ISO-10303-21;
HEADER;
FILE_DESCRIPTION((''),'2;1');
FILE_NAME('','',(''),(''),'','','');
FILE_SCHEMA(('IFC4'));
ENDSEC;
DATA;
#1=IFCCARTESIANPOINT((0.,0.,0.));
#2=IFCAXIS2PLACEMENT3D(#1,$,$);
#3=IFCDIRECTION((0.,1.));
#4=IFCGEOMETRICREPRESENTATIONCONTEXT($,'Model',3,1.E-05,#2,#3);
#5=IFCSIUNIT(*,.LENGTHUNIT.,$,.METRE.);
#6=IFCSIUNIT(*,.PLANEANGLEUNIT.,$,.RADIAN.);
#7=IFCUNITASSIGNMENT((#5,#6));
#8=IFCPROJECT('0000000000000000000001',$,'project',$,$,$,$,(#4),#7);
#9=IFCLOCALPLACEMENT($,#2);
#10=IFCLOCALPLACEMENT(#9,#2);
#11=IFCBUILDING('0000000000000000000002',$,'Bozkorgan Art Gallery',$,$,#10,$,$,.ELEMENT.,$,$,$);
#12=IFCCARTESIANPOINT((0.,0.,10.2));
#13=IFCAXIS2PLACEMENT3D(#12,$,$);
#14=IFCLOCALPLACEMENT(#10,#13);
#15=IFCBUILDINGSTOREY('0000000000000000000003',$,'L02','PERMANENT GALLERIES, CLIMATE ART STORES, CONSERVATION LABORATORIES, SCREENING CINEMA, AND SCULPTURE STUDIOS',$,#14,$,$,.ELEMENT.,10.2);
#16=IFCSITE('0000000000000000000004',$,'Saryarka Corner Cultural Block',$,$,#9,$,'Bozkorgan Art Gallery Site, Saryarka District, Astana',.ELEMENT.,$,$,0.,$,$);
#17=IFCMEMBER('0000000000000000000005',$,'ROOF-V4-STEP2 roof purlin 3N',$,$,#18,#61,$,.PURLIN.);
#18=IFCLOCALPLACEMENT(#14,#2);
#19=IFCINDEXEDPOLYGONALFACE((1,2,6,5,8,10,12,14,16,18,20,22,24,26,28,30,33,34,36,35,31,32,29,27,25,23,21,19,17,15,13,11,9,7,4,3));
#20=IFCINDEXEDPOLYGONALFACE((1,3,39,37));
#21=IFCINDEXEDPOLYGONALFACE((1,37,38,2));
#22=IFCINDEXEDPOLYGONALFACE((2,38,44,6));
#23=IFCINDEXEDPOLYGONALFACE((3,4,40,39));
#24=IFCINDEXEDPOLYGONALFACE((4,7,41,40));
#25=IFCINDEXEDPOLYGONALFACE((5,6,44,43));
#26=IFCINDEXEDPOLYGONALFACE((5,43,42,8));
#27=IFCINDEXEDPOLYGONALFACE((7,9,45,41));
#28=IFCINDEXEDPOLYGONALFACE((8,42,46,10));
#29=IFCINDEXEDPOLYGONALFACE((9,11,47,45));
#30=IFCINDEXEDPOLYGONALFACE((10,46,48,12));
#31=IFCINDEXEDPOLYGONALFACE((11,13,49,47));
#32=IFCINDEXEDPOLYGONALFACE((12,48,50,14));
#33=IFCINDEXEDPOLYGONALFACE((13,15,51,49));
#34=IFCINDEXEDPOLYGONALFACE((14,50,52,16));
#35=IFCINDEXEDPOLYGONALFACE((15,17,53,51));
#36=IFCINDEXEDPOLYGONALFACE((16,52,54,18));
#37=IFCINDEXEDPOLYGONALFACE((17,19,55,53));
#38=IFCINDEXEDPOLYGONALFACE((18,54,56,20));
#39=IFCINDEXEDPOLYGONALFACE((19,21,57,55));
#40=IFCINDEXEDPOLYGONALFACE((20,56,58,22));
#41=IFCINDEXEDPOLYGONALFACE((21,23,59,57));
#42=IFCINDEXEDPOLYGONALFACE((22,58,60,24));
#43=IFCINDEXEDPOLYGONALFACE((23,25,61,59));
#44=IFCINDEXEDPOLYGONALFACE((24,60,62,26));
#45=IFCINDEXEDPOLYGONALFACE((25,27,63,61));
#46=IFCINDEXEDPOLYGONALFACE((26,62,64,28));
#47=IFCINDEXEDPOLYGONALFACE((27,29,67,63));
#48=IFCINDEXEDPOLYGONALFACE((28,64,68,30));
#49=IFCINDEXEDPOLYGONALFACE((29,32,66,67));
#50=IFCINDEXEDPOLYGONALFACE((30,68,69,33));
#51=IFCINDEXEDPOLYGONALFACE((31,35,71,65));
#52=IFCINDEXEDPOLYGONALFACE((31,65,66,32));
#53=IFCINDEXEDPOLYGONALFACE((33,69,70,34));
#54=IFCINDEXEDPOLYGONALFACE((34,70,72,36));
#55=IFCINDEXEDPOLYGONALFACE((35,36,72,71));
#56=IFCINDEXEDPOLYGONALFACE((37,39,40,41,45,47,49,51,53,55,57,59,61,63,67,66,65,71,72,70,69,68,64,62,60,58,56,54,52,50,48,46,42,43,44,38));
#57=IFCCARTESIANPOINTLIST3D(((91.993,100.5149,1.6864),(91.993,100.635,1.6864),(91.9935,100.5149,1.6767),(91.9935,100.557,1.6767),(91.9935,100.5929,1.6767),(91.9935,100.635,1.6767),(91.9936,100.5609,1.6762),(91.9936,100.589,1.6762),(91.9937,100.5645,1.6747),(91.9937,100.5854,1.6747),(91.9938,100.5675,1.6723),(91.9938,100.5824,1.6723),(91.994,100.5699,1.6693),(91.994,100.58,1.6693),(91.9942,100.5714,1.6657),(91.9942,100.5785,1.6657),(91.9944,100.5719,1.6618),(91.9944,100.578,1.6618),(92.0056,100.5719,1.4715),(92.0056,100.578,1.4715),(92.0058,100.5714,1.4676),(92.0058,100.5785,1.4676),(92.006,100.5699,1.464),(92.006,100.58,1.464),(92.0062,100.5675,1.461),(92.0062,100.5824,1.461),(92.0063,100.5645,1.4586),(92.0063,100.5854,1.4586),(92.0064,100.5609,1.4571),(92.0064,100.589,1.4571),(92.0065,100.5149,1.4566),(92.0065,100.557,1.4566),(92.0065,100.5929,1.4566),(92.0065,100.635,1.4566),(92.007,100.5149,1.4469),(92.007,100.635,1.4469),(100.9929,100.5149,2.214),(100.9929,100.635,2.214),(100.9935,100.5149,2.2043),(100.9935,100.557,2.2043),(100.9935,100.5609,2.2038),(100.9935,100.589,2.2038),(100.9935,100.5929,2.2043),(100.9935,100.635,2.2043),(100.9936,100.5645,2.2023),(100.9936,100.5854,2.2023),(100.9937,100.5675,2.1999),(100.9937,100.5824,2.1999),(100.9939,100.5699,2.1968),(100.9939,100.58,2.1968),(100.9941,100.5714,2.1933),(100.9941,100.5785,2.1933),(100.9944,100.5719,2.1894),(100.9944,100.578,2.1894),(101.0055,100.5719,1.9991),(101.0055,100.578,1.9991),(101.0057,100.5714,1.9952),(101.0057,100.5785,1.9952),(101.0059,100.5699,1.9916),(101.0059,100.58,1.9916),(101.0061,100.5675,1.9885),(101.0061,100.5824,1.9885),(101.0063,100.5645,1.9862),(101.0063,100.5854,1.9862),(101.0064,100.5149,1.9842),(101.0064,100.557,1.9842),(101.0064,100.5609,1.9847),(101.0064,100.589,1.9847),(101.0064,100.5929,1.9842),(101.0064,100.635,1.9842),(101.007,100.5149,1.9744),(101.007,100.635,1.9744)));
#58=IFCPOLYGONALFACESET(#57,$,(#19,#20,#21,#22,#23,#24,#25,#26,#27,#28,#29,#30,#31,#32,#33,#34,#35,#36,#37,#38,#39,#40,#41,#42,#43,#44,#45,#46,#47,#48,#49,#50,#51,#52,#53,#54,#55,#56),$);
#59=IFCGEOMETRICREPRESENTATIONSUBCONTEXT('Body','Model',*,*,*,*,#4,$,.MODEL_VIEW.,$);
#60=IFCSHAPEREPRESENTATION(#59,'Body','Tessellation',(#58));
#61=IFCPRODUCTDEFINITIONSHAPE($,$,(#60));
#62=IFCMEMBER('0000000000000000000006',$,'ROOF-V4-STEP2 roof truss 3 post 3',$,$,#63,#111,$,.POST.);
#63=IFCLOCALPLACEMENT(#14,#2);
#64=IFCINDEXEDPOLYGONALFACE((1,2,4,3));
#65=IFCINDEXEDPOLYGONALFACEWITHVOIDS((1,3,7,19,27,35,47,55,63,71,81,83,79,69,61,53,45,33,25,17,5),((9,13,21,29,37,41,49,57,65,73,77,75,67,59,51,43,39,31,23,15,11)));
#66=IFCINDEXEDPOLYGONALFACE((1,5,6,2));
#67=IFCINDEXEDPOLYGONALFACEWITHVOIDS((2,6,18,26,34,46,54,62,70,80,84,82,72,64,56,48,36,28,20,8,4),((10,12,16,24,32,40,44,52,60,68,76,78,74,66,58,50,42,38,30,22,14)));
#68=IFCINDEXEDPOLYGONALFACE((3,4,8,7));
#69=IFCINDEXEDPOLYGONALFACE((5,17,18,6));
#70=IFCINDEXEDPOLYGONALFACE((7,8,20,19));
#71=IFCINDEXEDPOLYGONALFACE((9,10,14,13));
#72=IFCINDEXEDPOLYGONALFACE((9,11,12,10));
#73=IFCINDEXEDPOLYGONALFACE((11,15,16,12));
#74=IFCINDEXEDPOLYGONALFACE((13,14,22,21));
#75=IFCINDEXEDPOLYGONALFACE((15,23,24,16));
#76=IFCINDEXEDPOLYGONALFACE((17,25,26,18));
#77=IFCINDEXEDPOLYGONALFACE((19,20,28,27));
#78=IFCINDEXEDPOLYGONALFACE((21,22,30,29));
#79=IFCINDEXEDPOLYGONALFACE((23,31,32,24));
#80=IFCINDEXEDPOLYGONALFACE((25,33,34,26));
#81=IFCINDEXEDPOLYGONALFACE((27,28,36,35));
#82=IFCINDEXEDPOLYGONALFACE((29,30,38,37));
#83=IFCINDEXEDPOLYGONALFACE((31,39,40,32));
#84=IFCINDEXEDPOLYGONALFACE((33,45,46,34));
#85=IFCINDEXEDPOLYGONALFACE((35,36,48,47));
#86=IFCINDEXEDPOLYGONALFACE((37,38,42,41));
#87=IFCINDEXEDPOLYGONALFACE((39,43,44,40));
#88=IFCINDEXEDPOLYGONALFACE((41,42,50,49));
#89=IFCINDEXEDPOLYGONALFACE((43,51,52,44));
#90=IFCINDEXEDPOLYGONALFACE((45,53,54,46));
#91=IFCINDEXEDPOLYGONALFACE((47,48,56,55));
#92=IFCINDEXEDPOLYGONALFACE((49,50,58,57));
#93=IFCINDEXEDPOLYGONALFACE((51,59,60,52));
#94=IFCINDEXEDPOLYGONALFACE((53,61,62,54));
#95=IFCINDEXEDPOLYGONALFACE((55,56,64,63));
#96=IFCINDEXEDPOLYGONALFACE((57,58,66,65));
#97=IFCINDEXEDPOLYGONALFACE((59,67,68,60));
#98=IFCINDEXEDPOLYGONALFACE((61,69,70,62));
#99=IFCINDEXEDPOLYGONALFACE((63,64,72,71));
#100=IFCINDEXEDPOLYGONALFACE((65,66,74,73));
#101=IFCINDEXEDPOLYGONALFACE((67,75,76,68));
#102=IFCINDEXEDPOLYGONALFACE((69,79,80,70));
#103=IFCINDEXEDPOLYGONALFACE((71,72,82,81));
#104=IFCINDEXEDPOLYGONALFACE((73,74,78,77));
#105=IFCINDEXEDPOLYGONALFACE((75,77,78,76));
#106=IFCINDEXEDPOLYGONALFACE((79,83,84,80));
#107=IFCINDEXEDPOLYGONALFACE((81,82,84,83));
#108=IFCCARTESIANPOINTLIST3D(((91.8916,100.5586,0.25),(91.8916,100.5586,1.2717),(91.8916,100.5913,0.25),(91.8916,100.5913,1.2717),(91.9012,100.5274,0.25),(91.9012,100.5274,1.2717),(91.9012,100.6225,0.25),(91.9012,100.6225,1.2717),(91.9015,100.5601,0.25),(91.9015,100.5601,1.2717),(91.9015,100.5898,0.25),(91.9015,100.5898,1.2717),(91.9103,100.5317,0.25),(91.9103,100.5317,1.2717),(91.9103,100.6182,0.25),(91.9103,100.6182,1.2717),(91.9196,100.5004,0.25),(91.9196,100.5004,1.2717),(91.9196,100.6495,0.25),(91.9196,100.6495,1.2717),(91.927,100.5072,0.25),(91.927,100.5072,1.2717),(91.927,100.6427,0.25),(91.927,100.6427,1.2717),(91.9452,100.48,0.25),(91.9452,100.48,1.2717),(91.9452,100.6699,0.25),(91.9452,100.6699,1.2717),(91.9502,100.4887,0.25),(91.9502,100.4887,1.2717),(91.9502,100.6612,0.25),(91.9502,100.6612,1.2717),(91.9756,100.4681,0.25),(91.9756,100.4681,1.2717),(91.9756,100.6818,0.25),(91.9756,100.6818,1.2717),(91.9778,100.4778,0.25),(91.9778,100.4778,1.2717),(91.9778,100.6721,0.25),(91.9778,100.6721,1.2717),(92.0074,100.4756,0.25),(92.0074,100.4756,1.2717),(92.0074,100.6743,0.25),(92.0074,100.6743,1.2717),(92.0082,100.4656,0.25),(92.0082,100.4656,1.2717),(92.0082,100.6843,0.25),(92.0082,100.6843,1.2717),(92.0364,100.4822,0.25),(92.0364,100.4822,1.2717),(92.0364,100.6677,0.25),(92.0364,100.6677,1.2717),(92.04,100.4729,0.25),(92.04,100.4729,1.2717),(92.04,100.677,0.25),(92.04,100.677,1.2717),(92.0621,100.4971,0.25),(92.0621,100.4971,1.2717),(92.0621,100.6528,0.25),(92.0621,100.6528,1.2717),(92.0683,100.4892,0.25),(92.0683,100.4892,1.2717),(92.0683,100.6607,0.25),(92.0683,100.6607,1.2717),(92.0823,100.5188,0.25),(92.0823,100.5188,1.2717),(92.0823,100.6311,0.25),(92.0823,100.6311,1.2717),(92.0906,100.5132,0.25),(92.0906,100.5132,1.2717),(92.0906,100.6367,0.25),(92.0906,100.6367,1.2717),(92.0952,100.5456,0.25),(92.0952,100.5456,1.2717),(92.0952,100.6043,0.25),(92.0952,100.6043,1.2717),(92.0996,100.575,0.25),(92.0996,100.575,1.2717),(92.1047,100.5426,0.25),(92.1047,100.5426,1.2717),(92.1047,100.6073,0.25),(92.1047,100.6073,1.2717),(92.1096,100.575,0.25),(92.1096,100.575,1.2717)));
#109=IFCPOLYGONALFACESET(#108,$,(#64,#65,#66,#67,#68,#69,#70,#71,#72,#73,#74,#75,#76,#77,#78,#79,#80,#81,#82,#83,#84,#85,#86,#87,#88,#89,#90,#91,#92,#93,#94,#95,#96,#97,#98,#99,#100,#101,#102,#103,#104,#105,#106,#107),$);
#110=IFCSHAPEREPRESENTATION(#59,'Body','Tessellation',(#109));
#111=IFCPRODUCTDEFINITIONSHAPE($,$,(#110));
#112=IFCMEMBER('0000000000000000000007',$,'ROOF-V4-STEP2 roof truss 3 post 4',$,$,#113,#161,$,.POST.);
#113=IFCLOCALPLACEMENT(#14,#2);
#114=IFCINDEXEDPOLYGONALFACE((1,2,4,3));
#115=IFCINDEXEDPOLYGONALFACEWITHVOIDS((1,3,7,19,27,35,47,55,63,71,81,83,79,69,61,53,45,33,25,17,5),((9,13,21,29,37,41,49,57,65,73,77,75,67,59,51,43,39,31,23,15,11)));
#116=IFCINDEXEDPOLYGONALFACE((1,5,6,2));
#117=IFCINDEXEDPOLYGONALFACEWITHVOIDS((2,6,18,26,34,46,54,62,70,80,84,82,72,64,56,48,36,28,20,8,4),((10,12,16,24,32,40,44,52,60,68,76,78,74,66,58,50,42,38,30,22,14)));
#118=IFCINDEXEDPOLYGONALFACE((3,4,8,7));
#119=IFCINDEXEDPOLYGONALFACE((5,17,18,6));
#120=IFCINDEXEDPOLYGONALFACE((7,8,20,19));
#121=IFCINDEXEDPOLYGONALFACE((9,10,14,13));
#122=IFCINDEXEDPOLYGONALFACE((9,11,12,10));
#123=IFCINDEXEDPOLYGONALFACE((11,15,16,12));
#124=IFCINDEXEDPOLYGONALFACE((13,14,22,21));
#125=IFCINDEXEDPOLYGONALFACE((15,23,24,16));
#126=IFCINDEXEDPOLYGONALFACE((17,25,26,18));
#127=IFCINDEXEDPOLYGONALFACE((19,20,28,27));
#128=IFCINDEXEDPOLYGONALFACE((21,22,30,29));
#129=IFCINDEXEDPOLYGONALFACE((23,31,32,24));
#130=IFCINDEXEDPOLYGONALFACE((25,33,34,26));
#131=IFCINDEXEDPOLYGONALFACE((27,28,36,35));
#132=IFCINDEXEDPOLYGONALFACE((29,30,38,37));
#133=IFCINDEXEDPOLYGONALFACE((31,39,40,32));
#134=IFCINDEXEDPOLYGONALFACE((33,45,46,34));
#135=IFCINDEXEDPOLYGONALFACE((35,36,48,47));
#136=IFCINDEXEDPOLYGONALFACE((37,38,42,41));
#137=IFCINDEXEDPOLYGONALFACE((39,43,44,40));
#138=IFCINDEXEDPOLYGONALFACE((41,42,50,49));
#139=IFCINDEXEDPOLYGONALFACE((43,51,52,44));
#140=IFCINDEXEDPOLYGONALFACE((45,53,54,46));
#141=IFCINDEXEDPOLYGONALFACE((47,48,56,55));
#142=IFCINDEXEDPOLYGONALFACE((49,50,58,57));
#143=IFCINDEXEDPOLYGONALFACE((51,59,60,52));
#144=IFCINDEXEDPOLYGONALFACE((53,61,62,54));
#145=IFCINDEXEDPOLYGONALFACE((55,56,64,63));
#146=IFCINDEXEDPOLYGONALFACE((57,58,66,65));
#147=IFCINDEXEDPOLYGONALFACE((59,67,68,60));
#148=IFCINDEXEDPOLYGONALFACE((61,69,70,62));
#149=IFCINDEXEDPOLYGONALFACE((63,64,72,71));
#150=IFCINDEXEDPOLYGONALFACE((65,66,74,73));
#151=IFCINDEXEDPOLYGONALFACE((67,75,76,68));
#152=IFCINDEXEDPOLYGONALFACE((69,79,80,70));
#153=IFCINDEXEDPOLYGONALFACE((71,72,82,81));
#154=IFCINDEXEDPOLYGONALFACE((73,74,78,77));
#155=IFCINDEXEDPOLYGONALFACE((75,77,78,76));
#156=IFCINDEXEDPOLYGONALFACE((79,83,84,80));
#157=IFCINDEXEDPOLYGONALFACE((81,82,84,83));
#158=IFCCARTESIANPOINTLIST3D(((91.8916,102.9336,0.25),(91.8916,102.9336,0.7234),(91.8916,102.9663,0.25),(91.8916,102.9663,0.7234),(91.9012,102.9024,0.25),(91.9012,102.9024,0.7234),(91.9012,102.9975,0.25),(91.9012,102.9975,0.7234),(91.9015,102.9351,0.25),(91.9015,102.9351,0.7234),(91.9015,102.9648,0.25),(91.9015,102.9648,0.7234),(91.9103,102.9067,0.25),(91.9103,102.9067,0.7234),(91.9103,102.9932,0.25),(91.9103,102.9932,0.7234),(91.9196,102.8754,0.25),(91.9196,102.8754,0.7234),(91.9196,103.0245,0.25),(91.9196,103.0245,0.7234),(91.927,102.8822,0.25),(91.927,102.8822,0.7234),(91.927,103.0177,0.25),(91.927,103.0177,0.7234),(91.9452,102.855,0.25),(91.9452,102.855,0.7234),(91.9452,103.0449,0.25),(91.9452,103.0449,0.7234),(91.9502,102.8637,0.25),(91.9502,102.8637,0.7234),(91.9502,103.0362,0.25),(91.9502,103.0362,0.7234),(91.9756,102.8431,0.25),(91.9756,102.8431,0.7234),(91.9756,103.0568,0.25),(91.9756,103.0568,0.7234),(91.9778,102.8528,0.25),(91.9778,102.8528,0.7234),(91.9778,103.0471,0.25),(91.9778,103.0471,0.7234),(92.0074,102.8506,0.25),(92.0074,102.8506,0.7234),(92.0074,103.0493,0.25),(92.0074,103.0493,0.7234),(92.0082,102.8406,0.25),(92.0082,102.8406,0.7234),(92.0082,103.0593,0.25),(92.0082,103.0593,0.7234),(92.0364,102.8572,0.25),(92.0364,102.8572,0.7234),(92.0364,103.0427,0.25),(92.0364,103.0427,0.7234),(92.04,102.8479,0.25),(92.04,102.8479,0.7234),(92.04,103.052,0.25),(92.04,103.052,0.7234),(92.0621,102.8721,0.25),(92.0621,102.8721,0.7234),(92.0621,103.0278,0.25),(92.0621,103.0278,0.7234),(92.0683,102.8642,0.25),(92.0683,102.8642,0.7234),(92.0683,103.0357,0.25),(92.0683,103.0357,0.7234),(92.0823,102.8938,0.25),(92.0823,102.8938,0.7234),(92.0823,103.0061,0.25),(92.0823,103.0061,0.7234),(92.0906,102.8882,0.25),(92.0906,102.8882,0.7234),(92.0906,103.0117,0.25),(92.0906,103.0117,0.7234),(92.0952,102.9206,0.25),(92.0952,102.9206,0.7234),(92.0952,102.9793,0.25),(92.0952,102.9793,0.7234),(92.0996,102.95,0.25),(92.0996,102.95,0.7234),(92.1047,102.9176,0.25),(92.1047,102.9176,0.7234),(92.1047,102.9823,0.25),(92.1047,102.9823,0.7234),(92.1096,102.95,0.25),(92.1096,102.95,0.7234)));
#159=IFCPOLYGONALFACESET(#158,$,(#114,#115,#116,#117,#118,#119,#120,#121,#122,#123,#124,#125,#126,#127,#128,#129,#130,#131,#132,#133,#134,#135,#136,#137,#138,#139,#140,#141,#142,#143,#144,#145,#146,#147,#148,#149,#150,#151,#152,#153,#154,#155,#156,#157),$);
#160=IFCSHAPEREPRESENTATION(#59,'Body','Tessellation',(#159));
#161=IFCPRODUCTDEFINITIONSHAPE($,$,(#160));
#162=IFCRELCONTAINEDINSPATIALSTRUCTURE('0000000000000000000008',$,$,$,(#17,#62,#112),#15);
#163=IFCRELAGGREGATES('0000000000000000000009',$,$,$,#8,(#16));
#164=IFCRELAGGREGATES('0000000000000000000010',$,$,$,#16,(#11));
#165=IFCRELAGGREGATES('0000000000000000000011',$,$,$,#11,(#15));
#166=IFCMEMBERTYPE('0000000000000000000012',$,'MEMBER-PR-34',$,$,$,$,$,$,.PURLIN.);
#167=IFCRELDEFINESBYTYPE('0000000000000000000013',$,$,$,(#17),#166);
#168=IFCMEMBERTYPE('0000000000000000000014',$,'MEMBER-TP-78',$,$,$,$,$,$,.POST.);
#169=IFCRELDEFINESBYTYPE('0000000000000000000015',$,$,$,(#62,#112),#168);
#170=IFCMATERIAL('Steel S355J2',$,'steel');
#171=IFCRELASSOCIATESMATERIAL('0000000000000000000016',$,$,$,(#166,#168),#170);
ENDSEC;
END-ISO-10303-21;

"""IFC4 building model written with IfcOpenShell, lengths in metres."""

from ifc_helpers import new_model, si_unit, direction, frame, origin, origin_2d, place, context, subcontext, project, spatial, hollow_circle, i_section, extrude, material, material_profile, profile_set, type_object, element, save


model = new_model("IFC4")

# Units and contexts
model_context = context("Model", 3, precision=1e-05, world=origin(), true_north=direction((0.0, 1.0)))
body_context = subcontext(model_context, "Body", "Model", "MODEL_VIEW")
ifc_project = project(units=[si_unit("LENGTHUNIT", "METRE"), si_unit("PLANEANGLEUNIT", "RADIAN")], contexts=[model_context])

# Site, building, storey
site_placement = place(None, origin())
site = spatial("IfcSite", under=ifc_project, at=site_placement, Name="Saryarka Corner Cultural Block", LongName="Bozkorgan Art Gallery Site, Saryarka District, Astana", CompositionType="ELEMENT", RefElevation=0.0)
building_placement = place(site_placement, origin())
building = spatial("IfcBuilding", under=site, at=building_placement, Name="Bozkorgan Art Gallery", CompositionType="ELEMENT")
storey_placement = place(building_placement, frame((0.0, 0.0, 10.2)))
storey = spatial("IfcBuildingStorey", under=building, at=storey_placement, Name="L02", Description="PERMANENT GALLERIES, CLIMATE ART STORES, CONSERVATION LABORATORIES, SCREENING CINEMA, AND SCULPTURE STUDIOS", CompositionType="ELEMENT", Elevation=10.2)

# Shared definitions
ifc_material_1 = material(Name="Steel S355J2", Category="steel")

# Members
ifc_material_profile_1 = material_profile(ifc_material_1, i_section(OverallWidth=0.1201, OverallDepth=0.24, WebThickness=0.0061, FlangeThickness=0.0098, FilletRadius=0.0149, at=origin_2d()), Name="IPE 240")
ifc_profile_set_1 = profile_set([ifc_material_profile_1], Name="Steel S355J2")
member_type_1 = type_object("IfcMemberType", Name="MEMBER-PR-34", PredefinedType="PURLIN", material=ifc_profile_set_1)
member_1_placement = place(storey_placement, frame((92.0, 100.575, 1.5667), z_axis=(0.998286, 0.0, 0.05852), x_axis=(0.0, 1.0, 0.0)))
element("IfcMember", 1, at=member_1_placement, inside=storey, type_object=member_type_1, Name="ROOF-V4-STEP2 roof purlin 3N", PredefinedType="PURLIN", context=body_context, shape_type="SweptSolid", body=[
    extrude(i_section(OverallWidth=0.1201, OverallDepth=0.24, WebThickness=0.0061, FlangeThickness=0.0098, FilletRadius=0.0149, at=origin_2d()), origin(), (0.0, 0.0, 1.0), 9.0154),
])
ifc_material_profile_2 = material_profile(ifc_material_1, hollow_circle(Radius=0.1096, WallThickness=0.01, at=origin_2d()), Name="CHS 219.1x10")
ifc_profile_set_2 = profile_set([ifc_material_profile_2], Name="Steel S355J2")
member_type_2 = type_object("IfcMemberType", Name="MEMBER-TP-78", PredefinedType="POST", material=ifc_profile_set_2)
member_2_placement = place(storey_placement, frame((92.0, 100.575, 0.25), z_axis=(0.0, 0.0, 1.0), x_axis=(1.0, 0.0, 0.0)))
element("IfcMember", 2, at=member_2_placement, inside=storey, type_object=member_type_2, Name="ROOF-V4-STEP2 roof truss 3 post 3", PredefinedType="POST", context=body_context, shape_type="SweptSolid", body=[
    extrude(hollow_circle(Radius=0.1096, WallThickness=0.01, at=origin_2d()), origin(), (0.0, 0.0, 1.0), 1.0217),
])
member_3_placement = place(storey_placement, frame((92.0, 102.95, 0.25), z_axis=(0.0, 0.0, 1.0), x_axis=(1.0, 0.0, 0.0)))
element("IfcMember", 3, at=member_3_placement, inside=storey, type_object=member_type_2, Name="ROOF-V4-STEP2 roof truss 3 post 4", PredefinedType="POST", context=body_context, shape_type="SweptSolid", body=[
    extrude(hollow_circle(Radius=0.1096, WallThickness=0.01, at=origin_2d()), origin(), (0.0, 0.0, 1.0), 0.4734),
])

save(model, "model.ifc")
